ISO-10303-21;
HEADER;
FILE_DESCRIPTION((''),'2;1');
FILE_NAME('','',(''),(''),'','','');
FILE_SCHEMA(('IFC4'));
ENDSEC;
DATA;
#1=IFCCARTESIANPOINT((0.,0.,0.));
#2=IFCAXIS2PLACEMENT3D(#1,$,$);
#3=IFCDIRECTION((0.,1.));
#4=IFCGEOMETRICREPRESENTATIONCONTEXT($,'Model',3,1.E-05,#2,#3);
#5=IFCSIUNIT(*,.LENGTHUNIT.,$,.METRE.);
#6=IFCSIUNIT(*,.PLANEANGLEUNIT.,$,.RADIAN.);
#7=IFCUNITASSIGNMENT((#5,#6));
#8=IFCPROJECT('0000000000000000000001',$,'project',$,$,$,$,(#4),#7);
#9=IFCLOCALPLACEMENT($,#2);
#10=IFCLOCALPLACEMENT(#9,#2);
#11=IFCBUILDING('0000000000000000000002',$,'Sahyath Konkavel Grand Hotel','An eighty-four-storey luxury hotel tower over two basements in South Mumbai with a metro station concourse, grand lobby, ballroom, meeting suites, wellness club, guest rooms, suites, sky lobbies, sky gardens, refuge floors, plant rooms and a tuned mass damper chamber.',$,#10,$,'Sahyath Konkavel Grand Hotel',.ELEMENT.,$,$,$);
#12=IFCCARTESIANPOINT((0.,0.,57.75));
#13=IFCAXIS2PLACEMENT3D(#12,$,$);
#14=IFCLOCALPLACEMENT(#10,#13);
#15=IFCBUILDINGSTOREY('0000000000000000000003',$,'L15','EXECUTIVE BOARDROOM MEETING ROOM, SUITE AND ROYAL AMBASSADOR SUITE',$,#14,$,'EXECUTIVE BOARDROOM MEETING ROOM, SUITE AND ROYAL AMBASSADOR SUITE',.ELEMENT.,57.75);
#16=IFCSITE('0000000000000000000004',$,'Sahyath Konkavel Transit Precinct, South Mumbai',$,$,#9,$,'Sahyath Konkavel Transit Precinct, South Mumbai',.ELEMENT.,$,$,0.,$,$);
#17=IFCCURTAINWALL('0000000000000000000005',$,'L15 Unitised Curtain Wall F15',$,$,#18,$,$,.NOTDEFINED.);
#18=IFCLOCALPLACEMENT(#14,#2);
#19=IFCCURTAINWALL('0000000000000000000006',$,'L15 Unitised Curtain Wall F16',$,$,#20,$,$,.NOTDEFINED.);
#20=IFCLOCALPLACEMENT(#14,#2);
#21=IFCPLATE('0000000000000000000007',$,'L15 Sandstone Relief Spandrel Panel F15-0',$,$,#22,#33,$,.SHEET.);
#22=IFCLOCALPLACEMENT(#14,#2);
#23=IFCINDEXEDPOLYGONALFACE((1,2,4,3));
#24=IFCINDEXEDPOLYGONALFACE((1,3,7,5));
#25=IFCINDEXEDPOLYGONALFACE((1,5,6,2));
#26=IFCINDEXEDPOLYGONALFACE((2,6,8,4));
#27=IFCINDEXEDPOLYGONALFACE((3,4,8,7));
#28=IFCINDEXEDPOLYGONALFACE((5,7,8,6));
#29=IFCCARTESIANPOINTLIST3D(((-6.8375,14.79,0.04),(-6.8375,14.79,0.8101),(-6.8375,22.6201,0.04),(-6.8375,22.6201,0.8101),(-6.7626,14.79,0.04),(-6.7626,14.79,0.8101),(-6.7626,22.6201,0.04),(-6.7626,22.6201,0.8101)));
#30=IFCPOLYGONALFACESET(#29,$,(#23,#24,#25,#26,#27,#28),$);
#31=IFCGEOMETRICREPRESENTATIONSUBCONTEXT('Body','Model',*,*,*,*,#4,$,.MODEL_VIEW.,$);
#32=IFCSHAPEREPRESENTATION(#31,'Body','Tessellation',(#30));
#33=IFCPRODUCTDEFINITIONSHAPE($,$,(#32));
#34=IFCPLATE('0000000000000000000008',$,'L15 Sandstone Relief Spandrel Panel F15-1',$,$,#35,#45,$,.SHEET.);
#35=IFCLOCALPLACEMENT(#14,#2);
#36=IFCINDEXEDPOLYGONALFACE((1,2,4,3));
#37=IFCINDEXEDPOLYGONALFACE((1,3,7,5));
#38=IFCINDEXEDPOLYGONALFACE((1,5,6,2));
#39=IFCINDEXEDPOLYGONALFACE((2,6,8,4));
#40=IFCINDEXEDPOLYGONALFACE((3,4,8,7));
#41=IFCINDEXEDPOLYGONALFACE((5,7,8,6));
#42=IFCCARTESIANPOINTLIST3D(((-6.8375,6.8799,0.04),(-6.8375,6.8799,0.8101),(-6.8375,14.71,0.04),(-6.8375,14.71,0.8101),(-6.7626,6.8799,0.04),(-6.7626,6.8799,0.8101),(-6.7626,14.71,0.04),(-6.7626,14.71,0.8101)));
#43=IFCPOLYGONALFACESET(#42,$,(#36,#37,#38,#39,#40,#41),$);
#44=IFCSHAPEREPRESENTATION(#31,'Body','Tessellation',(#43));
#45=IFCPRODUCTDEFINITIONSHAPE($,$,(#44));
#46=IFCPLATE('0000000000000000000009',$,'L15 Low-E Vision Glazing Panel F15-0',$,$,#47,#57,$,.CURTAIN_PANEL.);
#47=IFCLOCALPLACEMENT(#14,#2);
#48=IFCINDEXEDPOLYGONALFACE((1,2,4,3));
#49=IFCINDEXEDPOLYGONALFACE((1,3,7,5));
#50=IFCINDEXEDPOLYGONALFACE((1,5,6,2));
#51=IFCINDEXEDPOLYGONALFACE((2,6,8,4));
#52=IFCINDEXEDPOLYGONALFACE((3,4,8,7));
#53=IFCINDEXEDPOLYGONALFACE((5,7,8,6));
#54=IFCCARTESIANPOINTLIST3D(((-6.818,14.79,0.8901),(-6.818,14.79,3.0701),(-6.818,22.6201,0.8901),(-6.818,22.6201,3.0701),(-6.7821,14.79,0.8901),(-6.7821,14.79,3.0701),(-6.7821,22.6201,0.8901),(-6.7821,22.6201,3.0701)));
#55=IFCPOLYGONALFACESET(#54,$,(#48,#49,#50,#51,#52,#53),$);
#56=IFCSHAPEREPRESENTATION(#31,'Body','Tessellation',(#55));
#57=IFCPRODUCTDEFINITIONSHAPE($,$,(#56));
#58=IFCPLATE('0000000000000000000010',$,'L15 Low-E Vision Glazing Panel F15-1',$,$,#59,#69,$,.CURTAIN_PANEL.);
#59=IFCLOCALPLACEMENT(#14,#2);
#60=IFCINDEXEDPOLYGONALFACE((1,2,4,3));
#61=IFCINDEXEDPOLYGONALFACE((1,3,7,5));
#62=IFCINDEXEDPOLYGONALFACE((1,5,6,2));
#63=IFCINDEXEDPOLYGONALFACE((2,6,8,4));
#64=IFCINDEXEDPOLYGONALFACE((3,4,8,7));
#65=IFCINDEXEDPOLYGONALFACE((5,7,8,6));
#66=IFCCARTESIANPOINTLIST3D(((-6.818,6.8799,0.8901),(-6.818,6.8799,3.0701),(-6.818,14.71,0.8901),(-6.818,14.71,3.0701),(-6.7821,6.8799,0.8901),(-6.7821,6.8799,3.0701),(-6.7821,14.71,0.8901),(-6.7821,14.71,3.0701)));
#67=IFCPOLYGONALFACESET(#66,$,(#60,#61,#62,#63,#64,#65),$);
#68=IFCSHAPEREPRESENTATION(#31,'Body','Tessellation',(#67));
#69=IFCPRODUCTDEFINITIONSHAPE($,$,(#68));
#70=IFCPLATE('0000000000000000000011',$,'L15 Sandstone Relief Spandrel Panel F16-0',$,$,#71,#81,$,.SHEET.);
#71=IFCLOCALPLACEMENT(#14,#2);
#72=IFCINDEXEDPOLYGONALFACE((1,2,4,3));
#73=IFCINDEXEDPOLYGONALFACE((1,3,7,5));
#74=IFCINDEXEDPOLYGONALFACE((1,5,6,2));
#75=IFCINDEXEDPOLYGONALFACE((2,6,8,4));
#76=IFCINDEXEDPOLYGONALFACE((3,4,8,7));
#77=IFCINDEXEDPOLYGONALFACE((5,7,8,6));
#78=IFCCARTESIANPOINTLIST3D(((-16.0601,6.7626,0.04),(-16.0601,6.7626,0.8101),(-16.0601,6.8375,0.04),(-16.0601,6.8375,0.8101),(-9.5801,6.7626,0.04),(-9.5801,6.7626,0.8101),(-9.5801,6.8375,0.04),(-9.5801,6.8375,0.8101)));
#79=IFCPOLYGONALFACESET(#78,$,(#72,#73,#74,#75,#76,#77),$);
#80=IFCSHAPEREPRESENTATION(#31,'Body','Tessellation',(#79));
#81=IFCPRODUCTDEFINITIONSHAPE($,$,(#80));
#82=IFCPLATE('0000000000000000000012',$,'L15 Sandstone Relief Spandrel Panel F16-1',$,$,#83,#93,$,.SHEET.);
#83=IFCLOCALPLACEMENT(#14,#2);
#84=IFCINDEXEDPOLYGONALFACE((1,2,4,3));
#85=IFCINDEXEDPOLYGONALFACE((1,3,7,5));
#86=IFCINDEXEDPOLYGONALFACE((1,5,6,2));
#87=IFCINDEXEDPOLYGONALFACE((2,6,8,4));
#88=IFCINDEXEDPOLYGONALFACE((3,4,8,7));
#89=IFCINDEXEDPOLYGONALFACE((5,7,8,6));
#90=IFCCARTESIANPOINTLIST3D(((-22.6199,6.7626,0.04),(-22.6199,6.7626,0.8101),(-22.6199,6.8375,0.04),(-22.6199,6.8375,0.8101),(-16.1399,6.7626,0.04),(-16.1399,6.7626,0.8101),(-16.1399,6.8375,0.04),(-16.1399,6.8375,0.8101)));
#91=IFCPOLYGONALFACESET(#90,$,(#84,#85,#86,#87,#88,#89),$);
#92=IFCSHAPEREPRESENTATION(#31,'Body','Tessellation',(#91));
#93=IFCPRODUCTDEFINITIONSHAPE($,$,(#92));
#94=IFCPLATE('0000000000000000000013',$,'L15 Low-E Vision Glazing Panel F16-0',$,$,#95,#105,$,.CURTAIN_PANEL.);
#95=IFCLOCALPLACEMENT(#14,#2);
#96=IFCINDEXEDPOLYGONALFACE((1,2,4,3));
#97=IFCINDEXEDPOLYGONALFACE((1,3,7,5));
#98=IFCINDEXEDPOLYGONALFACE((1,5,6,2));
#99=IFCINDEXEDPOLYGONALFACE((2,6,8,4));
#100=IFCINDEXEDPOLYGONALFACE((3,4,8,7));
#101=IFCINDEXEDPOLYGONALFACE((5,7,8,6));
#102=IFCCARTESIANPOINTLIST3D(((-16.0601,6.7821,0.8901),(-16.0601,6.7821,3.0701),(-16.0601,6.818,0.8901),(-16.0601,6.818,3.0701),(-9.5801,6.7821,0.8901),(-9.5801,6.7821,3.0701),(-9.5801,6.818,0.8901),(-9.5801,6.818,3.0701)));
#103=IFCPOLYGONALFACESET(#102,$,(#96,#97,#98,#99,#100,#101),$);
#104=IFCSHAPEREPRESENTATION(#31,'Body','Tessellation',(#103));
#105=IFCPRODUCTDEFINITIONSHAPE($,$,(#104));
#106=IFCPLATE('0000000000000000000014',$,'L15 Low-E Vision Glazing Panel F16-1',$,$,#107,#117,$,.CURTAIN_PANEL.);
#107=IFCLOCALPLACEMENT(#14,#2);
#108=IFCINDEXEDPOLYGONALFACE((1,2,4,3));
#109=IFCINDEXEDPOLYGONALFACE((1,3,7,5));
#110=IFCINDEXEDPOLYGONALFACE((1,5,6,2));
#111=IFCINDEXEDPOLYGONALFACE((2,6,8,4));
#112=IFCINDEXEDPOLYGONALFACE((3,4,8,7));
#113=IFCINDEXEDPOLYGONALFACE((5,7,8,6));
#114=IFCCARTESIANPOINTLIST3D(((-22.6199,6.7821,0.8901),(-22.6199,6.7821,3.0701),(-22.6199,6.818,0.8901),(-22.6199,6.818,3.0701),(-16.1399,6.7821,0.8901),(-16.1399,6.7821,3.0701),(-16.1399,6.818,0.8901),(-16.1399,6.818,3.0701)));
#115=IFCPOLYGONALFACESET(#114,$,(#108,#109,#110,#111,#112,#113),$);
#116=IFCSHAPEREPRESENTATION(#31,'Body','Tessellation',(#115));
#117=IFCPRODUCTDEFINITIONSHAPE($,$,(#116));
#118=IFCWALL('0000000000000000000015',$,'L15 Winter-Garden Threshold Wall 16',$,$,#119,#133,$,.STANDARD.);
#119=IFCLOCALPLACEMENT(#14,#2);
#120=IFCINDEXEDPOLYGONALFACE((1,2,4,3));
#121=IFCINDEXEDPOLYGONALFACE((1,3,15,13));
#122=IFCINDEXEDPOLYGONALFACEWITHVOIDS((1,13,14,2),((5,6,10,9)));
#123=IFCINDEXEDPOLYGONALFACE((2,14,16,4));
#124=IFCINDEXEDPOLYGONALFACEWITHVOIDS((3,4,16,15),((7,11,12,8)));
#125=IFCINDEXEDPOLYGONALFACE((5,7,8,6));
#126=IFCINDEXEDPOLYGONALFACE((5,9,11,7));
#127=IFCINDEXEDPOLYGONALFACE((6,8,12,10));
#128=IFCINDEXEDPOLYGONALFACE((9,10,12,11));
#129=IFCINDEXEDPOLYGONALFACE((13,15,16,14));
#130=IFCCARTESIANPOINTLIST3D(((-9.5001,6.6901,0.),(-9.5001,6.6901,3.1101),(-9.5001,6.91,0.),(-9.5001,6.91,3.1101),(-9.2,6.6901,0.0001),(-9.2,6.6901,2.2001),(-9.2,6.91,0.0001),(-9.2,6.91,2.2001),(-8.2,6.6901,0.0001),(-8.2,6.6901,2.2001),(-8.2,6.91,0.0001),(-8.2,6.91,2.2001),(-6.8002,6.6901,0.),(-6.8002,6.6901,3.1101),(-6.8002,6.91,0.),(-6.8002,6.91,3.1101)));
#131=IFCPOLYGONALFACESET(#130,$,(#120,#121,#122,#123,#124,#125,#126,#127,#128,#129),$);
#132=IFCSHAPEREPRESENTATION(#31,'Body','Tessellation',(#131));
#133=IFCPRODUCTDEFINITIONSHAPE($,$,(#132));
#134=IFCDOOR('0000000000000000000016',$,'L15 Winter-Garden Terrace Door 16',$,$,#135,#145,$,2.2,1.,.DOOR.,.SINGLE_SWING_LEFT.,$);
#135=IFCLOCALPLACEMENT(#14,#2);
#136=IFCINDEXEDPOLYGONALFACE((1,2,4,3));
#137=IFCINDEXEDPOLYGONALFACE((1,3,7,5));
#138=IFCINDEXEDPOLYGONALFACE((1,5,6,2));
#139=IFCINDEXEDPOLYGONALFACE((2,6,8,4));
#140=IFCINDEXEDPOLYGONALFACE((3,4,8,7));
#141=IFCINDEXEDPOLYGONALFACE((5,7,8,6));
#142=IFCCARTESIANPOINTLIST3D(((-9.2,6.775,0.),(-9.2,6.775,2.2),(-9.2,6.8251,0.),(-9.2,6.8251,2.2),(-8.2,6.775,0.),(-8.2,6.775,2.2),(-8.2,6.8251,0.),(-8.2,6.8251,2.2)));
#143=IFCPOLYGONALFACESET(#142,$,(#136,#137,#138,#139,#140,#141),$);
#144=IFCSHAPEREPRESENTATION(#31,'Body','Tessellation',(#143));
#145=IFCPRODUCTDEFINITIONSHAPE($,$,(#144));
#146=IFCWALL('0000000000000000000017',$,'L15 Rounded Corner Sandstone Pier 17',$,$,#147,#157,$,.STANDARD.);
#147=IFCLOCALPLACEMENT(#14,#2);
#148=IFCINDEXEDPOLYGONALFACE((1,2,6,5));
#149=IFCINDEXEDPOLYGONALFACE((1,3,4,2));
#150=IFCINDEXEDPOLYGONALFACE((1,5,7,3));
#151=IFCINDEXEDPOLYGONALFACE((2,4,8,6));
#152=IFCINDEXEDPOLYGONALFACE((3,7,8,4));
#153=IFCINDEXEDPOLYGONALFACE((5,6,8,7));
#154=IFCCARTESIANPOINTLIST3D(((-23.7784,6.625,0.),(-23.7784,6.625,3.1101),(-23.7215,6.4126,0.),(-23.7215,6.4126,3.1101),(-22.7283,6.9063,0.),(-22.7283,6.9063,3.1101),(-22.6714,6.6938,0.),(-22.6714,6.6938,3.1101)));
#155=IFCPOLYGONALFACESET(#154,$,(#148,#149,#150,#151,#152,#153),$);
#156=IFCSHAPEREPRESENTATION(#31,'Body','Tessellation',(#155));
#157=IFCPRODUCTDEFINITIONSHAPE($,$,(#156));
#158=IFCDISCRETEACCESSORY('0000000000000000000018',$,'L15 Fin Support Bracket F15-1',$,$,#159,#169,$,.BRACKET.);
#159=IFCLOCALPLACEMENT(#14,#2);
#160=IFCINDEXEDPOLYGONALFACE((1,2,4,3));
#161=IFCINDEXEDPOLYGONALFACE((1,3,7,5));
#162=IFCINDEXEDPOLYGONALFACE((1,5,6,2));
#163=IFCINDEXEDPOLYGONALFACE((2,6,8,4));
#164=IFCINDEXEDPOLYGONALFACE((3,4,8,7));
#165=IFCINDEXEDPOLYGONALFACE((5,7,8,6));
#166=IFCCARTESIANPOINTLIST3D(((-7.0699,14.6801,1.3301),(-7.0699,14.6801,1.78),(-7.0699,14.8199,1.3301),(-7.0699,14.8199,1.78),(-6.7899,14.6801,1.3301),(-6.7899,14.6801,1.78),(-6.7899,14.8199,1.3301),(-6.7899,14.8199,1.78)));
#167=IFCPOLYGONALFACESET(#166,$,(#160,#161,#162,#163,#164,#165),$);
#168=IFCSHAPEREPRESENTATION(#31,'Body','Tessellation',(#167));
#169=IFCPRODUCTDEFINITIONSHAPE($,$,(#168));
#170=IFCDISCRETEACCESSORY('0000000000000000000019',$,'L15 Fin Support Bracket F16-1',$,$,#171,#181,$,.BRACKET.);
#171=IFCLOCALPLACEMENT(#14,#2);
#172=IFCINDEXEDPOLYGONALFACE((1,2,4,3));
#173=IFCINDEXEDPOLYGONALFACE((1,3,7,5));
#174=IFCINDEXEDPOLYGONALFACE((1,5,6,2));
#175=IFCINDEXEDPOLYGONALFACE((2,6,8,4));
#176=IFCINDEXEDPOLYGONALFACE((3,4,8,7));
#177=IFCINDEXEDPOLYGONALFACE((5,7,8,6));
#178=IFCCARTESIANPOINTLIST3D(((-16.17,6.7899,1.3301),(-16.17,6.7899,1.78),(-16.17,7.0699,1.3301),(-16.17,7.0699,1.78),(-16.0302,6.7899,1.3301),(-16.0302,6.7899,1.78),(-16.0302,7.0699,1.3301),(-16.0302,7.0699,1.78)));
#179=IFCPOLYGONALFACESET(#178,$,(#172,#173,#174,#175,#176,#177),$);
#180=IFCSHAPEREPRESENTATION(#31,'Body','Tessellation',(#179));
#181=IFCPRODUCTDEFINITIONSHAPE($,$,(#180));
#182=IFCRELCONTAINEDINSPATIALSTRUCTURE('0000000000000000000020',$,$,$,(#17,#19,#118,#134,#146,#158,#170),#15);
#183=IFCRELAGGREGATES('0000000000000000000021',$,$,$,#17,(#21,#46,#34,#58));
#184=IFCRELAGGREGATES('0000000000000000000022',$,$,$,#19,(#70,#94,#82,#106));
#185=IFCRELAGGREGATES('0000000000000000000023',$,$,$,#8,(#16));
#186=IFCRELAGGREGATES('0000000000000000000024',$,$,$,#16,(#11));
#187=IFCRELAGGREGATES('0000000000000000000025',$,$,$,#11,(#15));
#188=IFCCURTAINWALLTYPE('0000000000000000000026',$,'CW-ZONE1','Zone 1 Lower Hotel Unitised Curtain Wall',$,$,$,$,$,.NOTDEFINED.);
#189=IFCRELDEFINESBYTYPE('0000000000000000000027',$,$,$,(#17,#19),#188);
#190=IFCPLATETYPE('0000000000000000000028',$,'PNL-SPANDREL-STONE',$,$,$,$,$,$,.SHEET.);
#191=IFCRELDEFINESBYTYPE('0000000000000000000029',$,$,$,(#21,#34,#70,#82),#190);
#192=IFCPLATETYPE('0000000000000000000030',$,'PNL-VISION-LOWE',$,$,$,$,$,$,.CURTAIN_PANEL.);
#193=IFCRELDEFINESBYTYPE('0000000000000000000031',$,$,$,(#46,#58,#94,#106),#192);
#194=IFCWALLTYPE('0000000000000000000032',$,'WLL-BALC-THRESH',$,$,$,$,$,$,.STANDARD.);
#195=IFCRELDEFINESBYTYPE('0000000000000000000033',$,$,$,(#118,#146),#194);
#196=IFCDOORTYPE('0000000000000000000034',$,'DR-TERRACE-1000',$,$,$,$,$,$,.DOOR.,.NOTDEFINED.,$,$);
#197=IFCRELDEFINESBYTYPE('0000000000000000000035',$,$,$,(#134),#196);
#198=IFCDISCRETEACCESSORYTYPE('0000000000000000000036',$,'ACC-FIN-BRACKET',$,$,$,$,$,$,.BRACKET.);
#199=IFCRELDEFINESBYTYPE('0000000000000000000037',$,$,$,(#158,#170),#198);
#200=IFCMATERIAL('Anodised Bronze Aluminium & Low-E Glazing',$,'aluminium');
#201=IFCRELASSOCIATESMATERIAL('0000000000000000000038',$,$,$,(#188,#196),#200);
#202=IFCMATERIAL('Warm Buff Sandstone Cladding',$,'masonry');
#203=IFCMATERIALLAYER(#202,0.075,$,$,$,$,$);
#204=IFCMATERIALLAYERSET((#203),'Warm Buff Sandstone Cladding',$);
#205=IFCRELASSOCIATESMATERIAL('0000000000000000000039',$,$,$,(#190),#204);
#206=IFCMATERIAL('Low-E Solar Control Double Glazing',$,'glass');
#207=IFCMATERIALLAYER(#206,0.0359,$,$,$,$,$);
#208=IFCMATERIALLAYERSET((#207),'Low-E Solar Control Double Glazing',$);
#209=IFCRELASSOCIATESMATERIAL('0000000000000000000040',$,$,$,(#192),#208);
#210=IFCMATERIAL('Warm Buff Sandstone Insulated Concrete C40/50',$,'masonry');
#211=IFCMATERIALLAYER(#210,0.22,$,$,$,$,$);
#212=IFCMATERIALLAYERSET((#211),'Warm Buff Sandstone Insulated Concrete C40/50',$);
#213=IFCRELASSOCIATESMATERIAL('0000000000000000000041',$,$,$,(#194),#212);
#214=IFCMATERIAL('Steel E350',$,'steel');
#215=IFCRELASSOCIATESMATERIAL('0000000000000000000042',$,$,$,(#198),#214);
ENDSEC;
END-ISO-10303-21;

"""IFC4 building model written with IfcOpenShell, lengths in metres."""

from ifc_helpers import new_model, si_unit, direction, frame, frame_2d, origin, origin_2d, place, context, subcontext, project, spatial, rectangle, extrude, source, transform, mapped, material, layer, layer_set, type_object, element, fill, aggregate, save


model = new_model("IFC4")

# Units and contexts
model_context = context("Model", 3, precision=1e-05, world=origin(), true_north=direction((0.0, 1.0)))
body_context = subcontext(model_context, "Body", "Model", "MODEL_VIEW")
ifc_project = project(units=[si_unit("LENGTHUNIT", "METRE"), si_unit("PLANEANGLEUNIT", "RADIAN")], contexts=[model_context])

# Site, building, storey
site_placement = place(None, origin())
site = spatial("IfcSite", under=ifc_project, at=site_placement, Name="Sahyath Konkavel Transit Precinct, South Mumbai", LongName="Sahyath Konkavel Transit Precinct, South Mumbai", CompositionType="ELEMENT", RefElevation=0.0)
building_placement = place(site_placement, origin())
building = spatial("IfcBuilding", under=site, at=building_placement, Name="Sahyath Konkavel Grand Hotel", Description="An eighty-four-storey luxury hotel tower over two basements in South Mumbai with a metro station concourse, grand lobby, ballroom, meeting suites, wellness club, guest rooms, suites, sky lobbies, sky gardens, refuge floors, plant rooms and a tuned mass damper chamber.", LongName="Sahyath Konkavel Grand Hotel", CompositionType="ELEMENT")
storey_placement = place(building_placement, frame((0.0, 0.0, 57.75)))
storey = spatial("IfcBuildingStorey", under=building, at=storey_placement, Name="L15", Description="EXECUTIVE BOARDROOM MEETING ROOM, SUITE AND ROYAL AMBASSADOR SUITE", LongName="EXECUTIVE BOARDROOM MEETING ROOM, SUITE AND ROYAL AMBASSADOR SUITE", CompositionType="ELEMENT", Elevation=57.75)

# Curtain walls
ifc_material_1 = material(Name="Anodised Bronze Aluminium & Low-E Glazing", Category="aluminium")
curtain_wall_type = type_object("IfcCurtainWallType", Name="CW-ZONE1", Description="Zone 1 Lower Hotel Unitised Curtain Wall", PredefinedType="NOTDEFINED", material=ifc_material_1)
curtain_wall_1_placement = place(storey_placement, origin())
curtain_wall_1 = element("IfcCurtainWall", 1, at=curtain_wall_1_placement, inside=storey, type_object=curtain_wall_type, Name="L15 Unitised Curtain Wall F15", PredefinedType="NOTDEFINED")
curtain_wall_2_placement = place(storey_placement, origin())
curtain_wall_2 = element("IfcCurtainWall", 2, at=curtain_wall_2_placement, inside=storey, type_object=curtain_wall_type, Name="L15 Unitised Curtain Wall F16", PredefinedType="NOTDEFINED")

# Plates
ifc_material_2 = material(Name="Warm Buff Sandstone Cladding", Category="masonry")
ifc_layer_1 = layer(ifc_material_2, 0.075)
ifc_layer_set_1 = layer_set([ifc_layer_1], Name="Warm Buff Sandstone Cladding")
plate_type_1 = type_object("IfcPlateType", Name="PNL-SPANDREL-STONE", PredefinedType="SHEET", material=ifc_layer_set_1)
shared_shape_1 = source(origin(), body_context, "Body", "SweptSolid", [
    extrude(rectangle(XDim=7.8301, YDim=0.075, at=origin_2d()), origin(), (0.0, 0.0, 1.0), 0.77),
])
plate_1_placement = place(storey_placement, frame((-6.8, 18.7051, 0.04), z_axis=(0.0, 0.0, 1.0), x_axis=(0.0, -1.0, 0.0)))
plate_1 = element("IfcPlate", 3, at=plate_1_placement, type_object=plate_type_1, Name="L15 Sandstone Relief Spandrel Panel F15-0", PredefinedType="SHEET", context=body_context, shape_type="MappedRepresentation", body=[
    mapped(shared_shape_1, transform((0.0, 0.0, 0.0), scale=1.0)),
])
plate_2_placement = place(storey_placement, frame((-6.8, 10.7949, 0.04), z_axis=(0.0, 0.0, 1.0), x_axis=(0.0, -1.0, 0.0)))
plate_2 = element("IfcPlate", 4, at=plate_2_placement, type_object=plate_type_1, Name="L15 Sandstone Relief Spandrel Panel F15-1", PredefinedType="SHEET", context=body_context, shape_type="MappedRepresentation", body=[
    mapped(shared_shape_1, transform((0.0, 0.0, 0.0), scale=1.0)),
])
ifc_material_3 = material(Name="Low-E Solar Control Double Glazing", Category="glass")
ifc_layer_2 = layer(ifc_material_3, 0.0359)
ifc_layer_set_2 = layer_set([ifc_layer_2], Name="Low-E Solar Control Double Glazing")
plate_type_2 = type_object("IfcPlateType", Name="PNL-VISION-LOWE", PredefinedType="CURTAIN_PANEL", material=ifc_layer_set_2)
shared_shape_2 = source(origin(), body_context, "Body", "SweptSolid", [
    extrude(rectangle(XDim=7.8301, YDim=0.0359, at=origin_2d()), origin(), (0.0, 0.0, 1.0), 2.1799),
])
plate_3_placement = place(storey_placement, frame((-6.8, 18.7051, 0.8901), z_axis=(0.0, 0.0, 1.0), x_axis=(0.0, -1.0, 0.0)))
plate_3 = element("IfcPlate", 5, at=plate_3_placement, type_object=plate_type_2, Name="L15 Low-E Vision Glazing Panel F15-0", PredefinedType="CURTAIN_PANEL", context=body_context, shape_type="MappedRepresentation", body=[
    mapped(shared_shape_2, transform((0.0, 0.0, 0.0), scale=1.0)),
])
plate_4_placement = place(storey_placement, frame((-6.8, 10.7949, 0.8901), z_axis=(0.0, 0.0, 1.0), x_axis=(0.0, -1.0, 0.0)))
plate_4 = element("IfcPlate", 6, at=plate_4_placement, type_object=plate_type_2, Name="L15 Low-E Vision Glazing Panel F15-1", PredefinedType="CURTAIN_PANEL", context=body_context, shape_type="MappedRepresentation", body=[
    mapped(shared_shape_2, transform((0.0, 0.0, 0.0), scale=1.0)),
])
aggregate(curtain_wall_1, [plate_1, plate_3, plate_2, plate_4])
shared_shape_3 = source(origin(), body_context, "Body", "SweptSolid", [
    extrude(rectangle(XDim=6.48, YDim=0.075, at=origin_2d()), origin(), (0.0, 0.0, 1.0), 0.77),
])
plate_5_placement = place(storey_placement, frame((-12.8201, 6.8, 0.04), z_axis=(0.0, 0.0, 1.0), x_axis=(-1.0, 0.0, 0.0)))
plate_5 = element("IfcPlate", 7, at=plate_5_placement, type_object=plate_type_1, Name="L15 Sandstone Relief Spandrel Panel F16-0", PredefinedType="SHEET", context=body_context, shape_type="MappedRepresentation", body=[
    mapped(shared_shape_3, transform((0.0, 0.0, 0.0), scale=1.0)),
])
plate_6_placement = place(storey_placement, frame((-19.3799, 6.8, 0.04), z_axis=(0.0, 0.0, 1.0), x_axis=(-1.0, 0.0, 0.0)))
plate_6 = element("IfcPlate", 8, at=plate_6_placement, type_object=plate_type_1, Name="L15 Sandstone Relief Spandrel Panel F16-1", PredefinedType="SHEET", context=body_context, shape_type="MappedRepresentation", body=[
    mapped(shared_shape_3, transform((0.0, 0.0, 0.0), scale=1.0)),
])
shared_shape_4 = source(origin(), body_context, "Body", "SweptSolid", [
    extrude(rectangle(XDim=6.48, YDim=0.0359, at=origin_2d()), origin(), (0.0, 0.0, 1.0), 2.1799),
])
plate_7_placement = place(storey_placement, frame((-12.8201, 6.8, 0.8901), z_axis=(0.0, 0.0, 1.0), x_axis=(-1.0, 0.0, 0.0)))
plate_7 = element("IfcPlate", 9, at=plate_7_placement, type_object=plate_type_2, Name="L15 Low-E Vision Glazing Panel F16-0", PredefinedType="CURTAIN_PANEL", context=body_context, shape_type="MappedRepresentation", body=[
    mapped(shared_shape_4, transform((0.0, 0.0, 0.0), scale=1.0)),
])
plate_8_placement = place(storey_placement, frame((-19.3799, 6.8, 0.8901), z_axis=(0.0, 0.0, 1.0), x_axis=(-1.0, 0.0, 0.0)))
plate_8 = element("IfcPlate", 10, at=plate_8_placement, type_object=plate_type_2, Name="L15 Low-E Vision Glazing Panel F16-1", PredefinedType="CURTAIN_PANEL", context=body_context, shape_type="MappedRepresentation", body=[
    mapped(shared_shape_4, transform((0.0, 0.0, 0.0), scale=1.0)),
])
aggregate(curtain_wall_2, [plate_5, plate_7, plate_6, plate_8])

# Wall, opening, door
ifc_material_4 = material(Name="Warm Buff Sandstone Insulated Concrete C40/50", Category="masonry")
ifc_layer_3 = layer(ifc_material_4, 0.22)
ifc_layer_set_3 = layer_set([ifc_layer_3], Name="Warm Buff Sandstone Insulated Concrete C40/50")
wall_type = type_object("IfcWallType", Name="WLL-BALC-THRESH", PredefinedType="STANDARD", material=ifc_layer_set_3)
wall_1_placement = place(storey_placement, frame((-6.8, 6.8, 0.0), z_axis=(0.0, 0.0, 1.0), x_axis=(-1.0, 0.0, 0.0)))
wall_1 = element("IfcWall", 11, at=wall_1_placement, inside=storey, type_object=wall_type, Name="L15 Winter-Garden Threshold Wall 16", PredefinedType="STANDARD", context=body_context, shape_type="SweptSolid", body=[
    extrude(rectangle(XDim=2.7, YDim=0.22, at=frame_2d((1.3501, 0.0))), origin(), (0.0, 0.0, 1.0), 3.1101),
])
opening_placement = place(wall_1_placement, frame((1.3999, 0.0, 0.0)))
opening = element("IfcOpeningElement", 12, at=opening_placement, cuts=wall_1, PredefinedType="OPENING", context=body_context, shape_type="SweptSolid", body=[
    extrude(rectangle(XDim=1.0, YDim=2.2, at=frame_2d((0.5, 1.1001))), frame((0.0, 0.1201, 0.0), z_axis=(0.0, -1.0, 0.0), x_axis=(1.0, 0.0, 0.0)), (0.0, 0.0, 1.0), 0.24),
])
door_type = type_object("IfcDoorType", Name="DR-TERRACE-1000", OperationType="NOTDEFINED", PredefinedType="DOOR", material=ifc_material_1)
shared_shape_5 = source(origin(), body_context, "Body", "SweptSolid", [
    extrude(rectangle(XDim=1.0, YDim=0.05, at=origin_2d()), origin(), (0.0, 0.0, 1.0), 2.2),
])
door_placement = place(opening_placement, frame((0.5, 0.0, 0.0)))
door = element("IfcDoor", 13, at=door_placement, inside=storey, type_object=door_type, Name="L15 Winter-Garden Terrace Door 16", OperationType="SINGLE_SWING_LEFT", OverallHeight=2.2, OverallWidth=1.0, PredefinedType="DOOR", context=body_context, shape_type="MappedRepresentation", body=[
    mapped(shared_shape_5, transform((0.0, 0.0, 0.0), scale=1.0)),
])
fill(opening, door)

# Wall
wall_2_placement = place(storey_placement, frame((-22.7, 6.8, 0.0), z_axis=(0.0, 0.0, 1.0), x_axis=(-0.965951, -0.258725, 0.0)))
element("IfcWall", 14, at=wall_2_placement, inside=storey, type_object=wall_type, Name="L15 Rounded Corner Sandstone Pier 17", PredefinedType="STANDARD", context=body_context, shape_type="SweptSolid", body=[
    extrude(rectangle(XDim=1.0872, YDim=0.22, at=frame_2d((0.5435, 0.0))), origin(), (0.0, 0.0, 1.0), 3.1101),
])

# Discrete accessories
ifc_material_5 = material(Name="Steel E350", Category="steel")
discrete_accessory_type = type_object("IfcDiscreteAccessoryType", Name="ACC-FIN-BRACKET", PredefinedType="BRACKET", material=ifc_material_5)
shared_shape_6 = source(origin(), body_context, "Body", "SweptSolid", [
    extrude(rectangle(XDim=0.28, YDim=0.1399, at=origin_2d()), origin(), (0.0, 0.0, 1.0), 0.45),
])
for number, where, z_axis, x_axis, name in (
    (15, (-6.9299, 14.75, 1.3301), (0.0, 0.0, 1.0), (-1.0, 0.0, 0.0), "L15 Fin Support Bracket F15-1"),
    (16, (-16.1001, 6.9299, 1.3301), (0.0, 0.0, 1.0), (0.0, 1.0, 0.0), "L15 Fin Support Bracket F16-1"),
):
    element("IfcDiscreteAccessory", number, at=place(storey_placement, frame(where, z_axis=z_axis, x_axis=x_axis)), inside=storey, type_object=discrete_accessory_type, Name=name, PredefinedType="BRACKET", context=body_context, shape_type="MappedRepresentation", body=[
        mapped(shared_shape_6, transform((0.0, 0.0, 0.0), scale=1.0)),
    ])

save(model, "model.ifc")
